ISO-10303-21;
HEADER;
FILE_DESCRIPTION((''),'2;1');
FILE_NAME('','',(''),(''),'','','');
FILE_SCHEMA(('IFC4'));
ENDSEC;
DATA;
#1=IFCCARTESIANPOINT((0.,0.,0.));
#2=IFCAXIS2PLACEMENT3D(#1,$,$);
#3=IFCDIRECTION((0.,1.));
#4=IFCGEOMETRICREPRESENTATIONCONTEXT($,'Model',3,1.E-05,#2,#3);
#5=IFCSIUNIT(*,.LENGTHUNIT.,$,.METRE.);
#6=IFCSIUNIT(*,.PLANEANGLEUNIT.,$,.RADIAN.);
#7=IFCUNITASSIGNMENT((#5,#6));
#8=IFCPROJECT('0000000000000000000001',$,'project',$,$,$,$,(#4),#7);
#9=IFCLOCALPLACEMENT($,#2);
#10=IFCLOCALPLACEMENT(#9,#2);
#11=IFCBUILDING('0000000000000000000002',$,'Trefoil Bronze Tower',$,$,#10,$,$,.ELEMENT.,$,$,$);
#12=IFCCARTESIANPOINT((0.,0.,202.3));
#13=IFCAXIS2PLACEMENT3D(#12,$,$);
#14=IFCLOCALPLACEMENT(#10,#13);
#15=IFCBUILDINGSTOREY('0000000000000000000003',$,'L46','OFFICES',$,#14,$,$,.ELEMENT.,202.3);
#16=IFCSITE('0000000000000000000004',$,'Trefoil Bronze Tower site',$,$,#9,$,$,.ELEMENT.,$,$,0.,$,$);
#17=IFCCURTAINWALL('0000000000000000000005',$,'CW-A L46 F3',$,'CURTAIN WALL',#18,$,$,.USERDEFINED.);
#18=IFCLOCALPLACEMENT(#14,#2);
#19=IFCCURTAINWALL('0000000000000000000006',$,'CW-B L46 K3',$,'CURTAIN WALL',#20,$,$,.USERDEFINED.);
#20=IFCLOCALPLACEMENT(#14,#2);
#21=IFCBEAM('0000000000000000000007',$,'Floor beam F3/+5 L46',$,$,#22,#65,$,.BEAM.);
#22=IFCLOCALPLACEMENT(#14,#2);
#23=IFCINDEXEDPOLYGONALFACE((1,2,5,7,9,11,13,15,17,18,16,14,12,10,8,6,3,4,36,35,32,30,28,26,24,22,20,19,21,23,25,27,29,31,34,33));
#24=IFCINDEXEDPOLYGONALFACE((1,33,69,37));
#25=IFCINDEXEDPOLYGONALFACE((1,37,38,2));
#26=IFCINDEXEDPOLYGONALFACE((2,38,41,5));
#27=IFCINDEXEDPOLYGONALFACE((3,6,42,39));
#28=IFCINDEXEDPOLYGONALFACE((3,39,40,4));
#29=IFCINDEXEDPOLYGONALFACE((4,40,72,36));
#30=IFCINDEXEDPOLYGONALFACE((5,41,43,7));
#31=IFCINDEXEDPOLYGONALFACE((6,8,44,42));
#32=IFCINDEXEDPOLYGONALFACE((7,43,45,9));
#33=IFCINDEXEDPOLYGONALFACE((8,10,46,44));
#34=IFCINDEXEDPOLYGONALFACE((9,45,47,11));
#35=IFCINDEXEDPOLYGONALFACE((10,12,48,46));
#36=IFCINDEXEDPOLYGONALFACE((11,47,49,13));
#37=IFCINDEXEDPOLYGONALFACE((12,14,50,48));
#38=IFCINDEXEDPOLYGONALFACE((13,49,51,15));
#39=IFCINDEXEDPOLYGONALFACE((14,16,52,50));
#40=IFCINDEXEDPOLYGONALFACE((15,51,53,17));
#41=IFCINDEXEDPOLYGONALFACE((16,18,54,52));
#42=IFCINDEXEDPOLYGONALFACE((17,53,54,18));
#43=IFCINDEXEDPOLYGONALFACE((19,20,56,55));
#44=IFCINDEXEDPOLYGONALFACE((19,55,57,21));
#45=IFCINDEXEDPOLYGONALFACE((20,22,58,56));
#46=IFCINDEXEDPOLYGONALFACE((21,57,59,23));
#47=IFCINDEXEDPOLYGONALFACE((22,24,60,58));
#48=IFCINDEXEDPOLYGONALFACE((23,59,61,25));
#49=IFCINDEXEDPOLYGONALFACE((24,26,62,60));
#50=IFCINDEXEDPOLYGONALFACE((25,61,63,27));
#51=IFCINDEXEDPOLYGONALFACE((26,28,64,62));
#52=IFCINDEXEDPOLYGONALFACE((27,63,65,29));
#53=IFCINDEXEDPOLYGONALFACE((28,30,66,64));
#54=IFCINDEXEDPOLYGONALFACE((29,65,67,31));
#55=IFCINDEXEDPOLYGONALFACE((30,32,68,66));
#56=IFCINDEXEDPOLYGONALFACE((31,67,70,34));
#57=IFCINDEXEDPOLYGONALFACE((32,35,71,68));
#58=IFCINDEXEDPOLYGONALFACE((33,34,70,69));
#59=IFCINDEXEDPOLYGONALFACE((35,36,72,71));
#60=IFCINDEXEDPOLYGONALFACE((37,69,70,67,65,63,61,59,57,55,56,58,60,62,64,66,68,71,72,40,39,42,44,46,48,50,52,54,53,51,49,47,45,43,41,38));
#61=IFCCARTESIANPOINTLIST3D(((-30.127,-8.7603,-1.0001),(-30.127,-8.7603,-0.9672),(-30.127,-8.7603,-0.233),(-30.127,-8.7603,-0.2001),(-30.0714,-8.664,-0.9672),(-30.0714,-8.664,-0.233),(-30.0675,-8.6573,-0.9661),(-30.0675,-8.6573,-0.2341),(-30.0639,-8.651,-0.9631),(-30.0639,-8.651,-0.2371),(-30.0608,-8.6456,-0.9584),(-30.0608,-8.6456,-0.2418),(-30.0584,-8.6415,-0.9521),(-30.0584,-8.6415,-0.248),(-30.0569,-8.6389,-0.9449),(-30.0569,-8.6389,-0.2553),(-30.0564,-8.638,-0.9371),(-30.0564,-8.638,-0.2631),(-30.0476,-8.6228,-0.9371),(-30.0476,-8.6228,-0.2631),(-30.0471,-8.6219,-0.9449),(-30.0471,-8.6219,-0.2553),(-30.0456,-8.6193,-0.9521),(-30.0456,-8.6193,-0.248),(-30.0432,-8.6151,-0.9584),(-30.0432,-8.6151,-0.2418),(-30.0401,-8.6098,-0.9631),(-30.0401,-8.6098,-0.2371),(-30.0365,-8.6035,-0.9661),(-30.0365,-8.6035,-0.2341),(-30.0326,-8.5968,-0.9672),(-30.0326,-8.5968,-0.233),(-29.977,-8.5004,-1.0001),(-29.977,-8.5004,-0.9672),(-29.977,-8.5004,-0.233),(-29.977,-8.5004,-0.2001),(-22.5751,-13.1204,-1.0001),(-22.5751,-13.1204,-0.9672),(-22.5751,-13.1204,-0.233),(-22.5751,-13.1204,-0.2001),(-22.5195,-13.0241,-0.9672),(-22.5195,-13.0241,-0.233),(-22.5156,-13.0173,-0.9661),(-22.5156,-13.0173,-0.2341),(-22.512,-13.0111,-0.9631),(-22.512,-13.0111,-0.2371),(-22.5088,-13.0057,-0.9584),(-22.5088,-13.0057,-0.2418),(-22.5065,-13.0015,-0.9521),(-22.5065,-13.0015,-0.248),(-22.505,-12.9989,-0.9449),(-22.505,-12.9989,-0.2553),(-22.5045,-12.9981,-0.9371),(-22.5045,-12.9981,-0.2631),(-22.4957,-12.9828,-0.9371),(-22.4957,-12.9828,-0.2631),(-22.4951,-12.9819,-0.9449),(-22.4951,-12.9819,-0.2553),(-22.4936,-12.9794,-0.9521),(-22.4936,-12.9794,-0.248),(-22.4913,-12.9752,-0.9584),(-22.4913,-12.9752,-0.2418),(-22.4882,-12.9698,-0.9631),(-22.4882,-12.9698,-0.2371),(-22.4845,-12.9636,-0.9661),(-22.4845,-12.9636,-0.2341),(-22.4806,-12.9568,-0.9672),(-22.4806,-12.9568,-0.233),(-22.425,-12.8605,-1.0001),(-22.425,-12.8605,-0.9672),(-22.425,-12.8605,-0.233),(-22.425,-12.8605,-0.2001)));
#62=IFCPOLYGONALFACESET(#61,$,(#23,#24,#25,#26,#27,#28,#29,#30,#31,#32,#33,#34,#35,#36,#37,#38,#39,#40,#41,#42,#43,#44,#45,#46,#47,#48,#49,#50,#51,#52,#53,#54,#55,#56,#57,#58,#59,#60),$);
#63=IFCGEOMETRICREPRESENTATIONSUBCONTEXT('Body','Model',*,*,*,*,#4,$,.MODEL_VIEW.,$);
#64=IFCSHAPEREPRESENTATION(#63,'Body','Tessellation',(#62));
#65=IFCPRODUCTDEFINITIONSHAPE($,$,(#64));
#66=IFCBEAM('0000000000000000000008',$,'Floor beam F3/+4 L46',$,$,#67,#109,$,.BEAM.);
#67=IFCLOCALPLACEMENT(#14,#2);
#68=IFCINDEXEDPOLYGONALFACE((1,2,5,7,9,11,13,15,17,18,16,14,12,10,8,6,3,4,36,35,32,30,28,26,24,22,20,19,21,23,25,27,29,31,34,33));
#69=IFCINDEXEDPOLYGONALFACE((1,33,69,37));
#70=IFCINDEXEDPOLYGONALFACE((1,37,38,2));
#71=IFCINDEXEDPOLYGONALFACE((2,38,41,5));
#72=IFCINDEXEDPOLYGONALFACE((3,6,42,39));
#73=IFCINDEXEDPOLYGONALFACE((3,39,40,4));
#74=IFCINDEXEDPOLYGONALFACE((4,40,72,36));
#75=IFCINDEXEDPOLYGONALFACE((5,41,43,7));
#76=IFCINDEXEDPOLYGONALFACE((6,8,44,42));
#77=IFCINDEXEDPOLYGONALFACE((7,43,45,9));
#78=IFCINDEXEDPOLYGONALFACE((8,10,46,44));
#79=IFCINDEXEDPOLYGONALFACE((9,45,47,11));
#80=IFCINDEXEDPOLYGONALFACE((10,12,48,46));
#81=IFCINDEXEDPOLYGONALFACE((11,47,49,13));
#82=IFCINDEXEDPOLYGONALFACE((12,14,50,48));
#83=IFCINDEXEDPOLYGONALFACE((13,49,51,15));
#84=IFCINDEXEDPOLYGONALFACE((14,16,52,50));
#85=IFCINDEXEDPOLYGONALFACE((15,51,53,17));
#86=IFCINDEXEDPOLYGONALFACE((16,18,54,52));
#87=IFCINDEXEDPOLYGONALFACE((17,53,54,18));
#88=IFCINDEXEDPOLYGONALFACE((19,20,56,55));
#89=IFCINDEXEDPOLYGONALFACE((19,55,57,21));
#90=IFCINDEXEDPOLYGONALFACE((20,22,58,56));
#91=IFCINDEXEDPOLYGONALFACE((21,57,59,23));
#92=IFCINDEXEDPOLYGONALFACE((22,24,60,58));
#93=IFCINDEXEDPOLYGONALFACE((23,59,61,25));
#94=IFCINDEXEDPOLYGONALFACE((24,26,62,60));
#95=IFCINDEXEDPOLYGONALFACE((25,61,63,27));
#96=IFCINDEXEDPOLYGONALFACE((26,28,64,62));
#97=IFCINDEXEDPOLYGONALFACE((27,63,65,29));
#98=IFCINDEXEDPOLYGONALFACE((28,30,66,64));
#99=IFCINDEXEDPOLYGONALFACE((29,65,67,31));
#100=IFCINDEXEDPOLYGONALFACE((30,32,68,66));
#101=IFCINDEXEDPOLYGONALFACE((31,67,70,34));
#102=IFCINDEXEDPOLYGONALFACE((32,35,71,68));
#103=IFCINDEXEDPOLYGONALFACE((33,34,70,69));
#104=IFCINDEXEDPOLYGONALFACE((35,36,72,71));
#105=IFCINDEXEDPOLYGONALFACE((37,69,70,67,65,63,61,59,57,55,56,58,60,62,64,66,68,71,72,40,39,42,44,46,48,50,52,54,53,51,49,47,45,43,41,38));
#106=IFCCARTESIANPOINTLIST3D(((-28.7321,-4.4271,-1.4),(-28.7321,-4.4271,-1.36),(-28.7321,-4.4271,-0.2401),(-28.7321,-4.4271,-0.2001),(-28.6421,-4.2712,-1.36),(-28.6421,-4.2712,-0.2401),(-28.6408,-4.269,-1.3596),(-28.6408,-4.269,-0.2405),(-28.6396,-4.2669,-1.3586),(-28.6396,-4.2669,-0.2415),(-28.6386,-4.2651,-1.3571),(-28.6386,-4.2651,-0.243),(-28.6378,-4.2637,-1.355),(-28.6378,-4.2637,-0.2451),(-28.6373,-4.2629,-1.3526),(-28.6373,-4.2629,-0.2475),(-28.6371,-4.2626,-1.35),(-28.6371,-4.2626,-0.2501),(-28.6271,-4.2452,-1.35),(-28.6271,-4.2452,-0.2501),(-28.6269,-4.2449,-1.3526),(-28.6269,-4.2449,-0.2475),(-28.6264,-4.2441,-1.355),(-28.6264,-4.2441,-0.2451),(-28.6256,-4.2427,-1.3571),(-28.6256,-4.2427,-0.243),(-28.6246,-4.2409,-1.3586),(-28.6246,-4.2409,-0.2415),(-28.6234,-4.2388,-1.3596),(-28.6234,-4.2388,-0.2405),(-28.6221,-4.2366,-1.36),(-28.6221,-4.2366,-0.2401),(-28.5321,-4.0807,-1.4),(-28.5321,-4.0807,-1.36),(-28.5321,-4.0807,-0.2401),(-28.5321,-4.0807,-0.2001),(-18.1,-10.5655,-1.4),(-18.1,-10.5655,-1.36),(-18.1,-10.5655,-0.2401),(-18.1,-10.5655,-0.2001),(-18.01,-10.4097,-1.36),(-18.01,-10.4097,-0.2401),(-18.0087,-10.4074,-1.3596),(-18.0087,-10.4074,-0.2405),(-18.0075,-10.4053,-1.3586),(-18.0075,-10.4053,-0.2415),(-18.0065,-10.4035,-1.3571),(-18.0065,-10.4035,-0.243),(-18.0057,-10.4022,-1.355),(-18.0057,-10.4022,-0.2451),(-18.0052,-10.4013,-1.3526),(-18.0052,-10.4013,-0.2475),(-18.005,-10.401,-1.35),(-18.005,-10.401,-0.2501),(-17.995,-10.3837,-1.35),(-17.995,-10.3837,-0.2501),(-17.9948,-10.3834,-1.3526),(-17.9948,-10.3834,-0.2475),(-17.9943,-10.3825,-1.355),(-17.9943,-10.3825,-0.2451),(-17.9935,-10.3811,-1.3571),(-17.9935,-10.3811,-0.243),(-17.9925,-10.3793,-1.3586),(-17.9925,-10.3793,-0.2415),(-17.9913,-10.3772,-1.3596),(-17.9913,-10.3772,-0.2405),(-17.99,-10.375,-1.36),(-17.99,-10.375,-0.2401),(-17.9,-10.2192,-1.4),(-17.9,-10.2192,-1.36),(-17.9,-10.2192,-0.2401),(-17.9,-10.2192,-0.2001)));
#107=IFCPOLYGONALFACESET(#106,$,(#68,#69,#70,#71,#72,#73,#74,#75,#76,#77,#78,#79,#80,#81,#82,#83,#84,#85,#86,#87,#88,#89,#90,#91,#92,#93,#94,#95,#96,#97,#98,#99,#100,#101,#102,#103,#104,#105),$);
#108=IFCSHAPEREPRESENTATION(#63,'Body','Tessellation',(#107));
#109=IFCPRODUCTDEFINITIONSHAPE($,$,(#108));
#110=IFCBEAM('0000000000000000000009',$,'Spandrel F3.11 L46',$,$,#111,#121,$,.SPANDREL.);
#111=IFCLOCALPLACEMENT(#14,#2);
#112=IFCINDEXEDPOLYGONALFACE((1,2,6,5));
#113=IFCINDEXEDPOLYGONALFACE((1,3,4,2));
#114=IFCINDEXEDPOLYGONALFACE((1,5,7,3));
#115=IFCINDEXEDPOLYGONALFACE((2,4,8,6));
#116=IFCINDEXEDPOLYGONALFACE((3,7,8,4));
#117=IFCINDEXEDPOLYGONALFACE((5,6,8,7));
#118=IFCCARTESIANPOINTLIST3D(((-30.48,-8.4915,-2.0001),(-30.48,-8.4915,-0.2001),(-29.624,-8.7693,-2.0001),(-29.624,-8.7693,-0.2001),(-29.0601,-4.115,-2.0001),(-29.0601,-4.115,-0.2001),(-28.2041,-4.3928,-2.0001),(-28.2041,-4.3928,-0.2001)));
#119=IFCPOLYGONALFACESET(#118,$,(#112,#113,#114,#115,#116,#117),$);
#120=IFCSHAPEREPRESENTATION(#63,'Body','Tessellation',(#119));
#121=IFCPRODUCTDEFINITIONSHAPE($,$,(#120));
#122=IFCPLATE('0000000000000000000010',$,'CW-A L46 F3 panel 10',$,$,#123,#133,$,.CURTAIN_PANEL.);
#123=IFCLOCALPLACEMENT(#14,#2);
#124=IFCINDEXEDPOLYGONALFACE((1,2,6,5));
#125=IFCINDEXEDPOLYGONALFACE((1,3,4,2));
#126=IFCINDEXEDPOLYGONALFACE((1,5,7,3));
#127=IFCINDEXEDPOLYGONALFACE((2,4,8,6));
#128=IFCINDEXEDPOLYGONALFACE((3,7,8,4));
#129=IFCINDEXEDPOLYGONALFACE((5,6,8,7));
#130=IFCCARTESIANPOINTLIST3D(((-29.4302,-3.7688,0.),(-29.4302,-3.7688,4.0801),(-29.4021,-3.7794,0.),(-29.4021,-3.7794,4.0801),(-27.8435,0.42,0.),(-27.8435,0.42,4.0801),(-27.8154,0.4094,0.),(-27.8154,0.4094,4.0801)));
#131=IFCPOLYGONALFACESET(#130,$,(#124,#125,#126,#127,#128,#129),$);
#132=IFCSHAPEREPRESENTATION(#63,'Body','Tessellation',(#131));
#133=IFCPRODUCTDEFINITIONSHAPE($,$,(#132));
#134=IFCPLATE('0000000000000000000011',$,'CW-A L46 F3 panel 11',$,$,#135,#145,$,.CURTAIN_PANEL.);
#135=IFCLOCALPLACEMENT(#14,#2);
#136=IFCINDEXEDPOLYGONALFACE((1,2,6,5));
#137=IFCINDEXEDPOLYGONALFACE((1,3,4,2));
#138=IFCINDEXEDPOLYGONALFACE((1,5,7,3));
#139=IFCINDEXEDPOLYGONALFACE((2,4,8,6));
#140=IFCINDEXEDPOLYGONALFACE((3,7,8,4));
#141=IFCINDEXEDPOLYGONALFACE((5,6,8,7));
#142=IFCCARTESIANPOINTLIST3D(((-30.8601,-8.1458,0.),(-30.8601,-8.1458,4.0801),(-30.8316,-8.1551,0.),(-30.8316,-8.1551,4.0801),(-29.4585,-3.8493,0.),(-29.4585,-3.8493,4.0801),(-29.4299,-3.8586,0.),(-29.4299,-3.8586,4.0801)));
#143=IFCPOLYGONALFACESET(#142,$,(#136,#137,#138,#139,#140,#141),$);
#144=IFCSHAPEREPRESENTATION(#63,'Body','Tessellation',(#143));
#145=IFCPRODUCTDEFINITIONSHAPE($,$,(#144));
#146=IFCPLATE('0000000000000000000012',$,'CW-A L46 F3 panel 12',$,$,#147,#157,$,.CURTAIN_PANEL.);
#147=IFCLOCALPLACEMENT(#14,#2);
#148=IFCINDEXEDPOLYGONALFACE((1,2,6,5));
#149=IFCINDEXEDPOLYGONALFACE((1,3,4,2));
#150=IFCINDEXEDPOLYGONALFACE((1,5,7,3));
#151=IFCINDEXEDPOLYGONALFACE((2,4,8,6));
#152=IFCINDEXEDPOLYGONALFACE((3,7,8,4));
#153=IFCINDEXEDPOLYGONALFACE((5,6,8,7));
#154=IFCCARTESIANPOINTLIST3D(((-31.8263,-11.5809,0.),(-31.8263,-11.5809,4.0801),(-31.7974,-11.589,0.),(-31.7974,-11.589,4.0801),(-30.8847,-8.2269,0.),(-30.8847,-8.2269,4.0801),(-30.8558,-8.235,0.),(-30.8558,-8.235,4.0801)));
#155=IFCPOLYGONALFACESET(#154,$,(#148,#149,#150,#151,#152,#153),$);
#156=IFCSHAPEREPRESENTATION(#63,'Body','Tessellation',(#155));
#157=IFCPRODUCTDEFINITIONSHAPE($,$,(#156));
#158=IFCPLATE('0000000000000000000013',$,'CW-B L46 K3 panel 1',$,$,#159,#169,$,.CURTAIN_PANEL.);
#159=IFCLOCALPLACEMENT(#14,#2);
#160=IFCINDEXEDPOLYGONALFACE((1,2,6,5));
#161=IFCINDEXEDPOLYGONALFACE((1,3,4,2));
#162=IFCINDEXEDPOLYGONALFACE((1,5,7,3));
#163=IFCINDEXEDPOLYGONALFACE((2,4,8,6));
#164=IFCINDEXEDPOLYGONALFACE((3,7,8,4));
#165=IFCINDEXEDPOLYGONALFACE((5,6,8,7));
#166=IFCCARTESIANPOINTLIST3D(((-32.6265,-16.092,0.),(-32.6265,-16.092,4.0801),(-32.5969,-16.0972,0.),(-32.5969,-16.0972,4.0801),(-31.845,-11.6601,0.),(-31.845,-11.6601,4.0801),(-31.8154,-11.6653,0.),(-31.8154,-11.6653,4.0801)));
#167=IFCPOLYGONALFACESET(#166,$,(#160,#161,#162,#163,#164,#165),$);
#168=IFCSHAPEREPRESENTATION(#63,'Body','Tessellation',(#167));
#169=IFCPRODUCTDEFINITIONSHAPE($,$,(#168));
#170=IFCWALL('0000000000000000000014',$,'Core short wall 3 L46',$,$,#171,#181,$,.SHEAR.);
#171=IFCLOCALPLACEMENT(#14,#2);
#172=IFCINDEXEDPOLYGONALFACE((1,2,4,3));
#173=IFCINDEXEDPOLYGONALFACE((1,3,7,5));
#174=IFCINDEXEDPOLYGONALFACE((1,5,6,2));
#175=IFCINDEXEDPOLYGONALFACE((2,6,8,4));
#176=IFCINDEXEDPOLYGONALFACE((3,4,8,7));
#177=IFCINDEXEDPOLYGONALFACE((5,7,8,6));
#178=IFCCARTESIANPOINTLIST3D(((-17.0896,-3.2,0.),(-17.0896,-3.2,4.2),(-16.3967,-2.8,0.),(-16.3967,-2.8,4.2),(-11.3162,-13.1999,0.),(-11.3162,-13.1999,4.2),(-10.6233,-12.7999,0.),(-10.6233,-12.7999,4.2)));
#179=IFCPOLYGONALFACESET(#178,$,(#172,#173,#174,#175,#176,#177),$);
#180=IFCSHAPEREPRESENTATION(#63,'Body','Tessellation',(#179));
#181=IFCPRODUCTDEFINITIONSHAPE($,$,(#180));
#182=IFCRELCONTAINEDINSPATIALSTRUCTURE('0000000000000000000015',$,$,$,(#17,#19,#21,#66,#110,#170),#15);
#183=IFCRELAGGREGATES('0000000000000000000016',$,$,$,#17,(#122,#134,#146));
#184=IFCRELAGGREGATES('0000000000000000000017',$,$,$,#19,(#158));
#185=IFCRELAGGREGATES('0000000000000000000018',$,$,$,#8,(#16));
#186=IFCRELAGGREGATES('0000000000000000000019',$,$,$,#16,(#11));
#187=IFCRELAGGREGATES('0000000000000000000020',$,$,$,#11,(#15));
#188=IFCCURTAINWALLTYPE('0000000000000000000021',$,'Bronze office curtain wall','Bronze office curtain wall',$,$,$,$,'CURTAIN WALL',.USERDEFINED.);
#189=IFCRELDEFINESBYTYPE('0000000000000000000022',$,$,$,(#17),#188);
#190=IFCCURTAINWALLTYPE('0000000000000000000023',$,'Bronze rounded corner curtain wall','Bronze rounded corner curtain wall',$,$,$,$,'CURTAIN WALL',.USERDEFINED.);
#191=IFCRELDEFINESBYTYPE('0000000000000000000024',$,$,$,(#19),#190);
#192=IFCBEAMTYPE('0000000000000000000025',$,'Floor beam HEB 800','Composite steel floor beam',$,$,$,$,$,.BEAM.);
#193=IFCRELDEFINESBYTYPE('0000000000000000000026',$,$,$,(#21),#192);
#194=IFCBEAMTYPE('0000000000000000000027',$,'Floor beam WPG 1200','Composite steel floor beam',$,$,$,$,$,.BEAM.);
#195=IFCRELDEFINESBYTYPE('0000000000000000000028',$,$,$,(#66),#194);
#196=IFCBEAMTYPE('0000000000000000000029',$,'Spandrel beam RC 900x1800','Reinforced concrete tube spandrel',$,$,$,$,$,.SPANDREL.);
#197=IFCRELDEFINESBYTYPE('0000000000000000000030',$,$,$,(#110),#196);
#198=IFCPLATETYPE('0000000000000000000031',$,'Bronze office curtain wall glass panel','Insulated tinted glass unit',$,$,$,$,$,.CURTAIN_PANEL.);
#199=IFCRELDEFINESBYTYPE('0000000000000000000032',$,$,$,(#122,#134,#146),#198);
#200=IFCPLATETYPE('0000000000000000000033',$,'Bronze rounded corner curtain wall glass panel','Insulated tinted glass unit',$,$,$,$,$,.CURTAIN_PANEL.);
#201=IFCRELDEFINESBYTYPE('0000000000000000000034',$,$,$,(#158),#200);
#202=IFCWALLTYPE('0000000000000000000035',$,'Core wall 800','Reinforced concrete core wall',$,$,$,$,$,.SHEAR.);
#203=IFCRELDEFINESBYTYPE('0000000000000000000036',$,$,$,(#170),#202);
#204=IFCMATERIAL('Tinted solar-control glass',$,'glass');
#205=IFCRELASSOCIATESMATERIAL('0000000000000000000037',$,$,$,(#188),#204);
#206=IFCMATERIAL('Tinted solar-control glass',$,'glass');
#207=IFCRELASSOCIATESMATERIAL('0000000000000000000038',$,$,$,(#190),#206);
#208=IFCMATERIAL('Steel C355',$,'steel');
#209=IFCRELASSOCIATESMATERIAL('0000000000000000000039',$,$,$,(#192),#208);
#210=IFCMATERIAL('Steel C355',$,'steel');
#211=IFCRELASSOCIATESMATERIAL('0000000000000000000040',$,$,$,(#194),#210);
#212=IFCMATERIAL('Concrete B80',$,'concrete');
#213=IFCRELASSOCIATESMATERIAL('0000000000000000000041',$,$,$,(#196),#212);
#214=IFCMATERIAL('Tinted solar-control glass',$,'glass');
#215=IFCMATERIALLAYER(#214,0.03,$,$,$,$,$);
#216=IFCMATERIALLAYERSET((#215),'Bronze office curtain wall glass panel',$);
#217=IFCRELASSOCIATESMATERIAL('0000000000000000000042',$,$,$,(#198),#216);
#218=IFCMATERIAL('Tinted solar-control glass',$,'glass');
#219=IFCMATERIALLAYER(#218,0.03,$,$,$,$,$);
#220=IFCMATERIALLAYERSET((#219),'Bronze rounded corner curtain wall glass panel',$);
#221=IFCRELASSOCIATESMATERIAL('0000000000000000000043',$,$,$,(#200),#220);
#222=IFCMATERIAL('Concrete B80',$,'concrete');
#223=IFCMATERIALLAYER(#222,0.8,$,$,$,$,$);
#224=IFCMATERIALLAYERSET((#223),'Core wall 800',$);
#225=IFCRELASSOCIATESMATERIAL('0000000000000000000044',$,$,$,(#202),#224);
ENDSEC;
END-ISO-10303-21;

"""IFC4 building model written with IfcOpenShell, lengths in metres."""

from ifc_helpers import new_model, si_unit, direction, frame, frame_2d, origin, origin_2d, place, context, subcontext, project, spatial, rectangle, i_section, extrude, material, layer, layer_set, material_profile, profile_set, type_object, element, aggregate, save


model = new_model("IFC4")

# Units and contexts
model_context = context("Model", 3, precision=1e-05, world=origin(), true_north=direction((0.0, 1.0)))
body_context = subcontext(model_context, "Body", "Model", "MODEL_VIEW")
ifc_project = project(units=[si_unit("LENGTHUNIT", "METRE"), si_unit("PLANEANGLEUNIT", "RADIAN")], contexts=[model_context])

# Site, building, storey
site_placement = place(None, origin())
site = spatial("IfcSite", under=ifc_project, at=site_placement, Name="Trefoil Bronze Tower site", CompositionType="ELEMENT", RefElevation=0.0)
building_placement = place(site_placement, origin())
building = spatial("IfcBuilding", under=site, at=building_placement, Name="Trefoil Bronze Tower", CompositionType="ELEMENT")
storey_placement = place(building_placement, frame((0.0, 0.0, 202.3)))
storey = spatial("IfcBuildingStorey", under=building, at=storey_placement, Name="L46", Description="OFFICES", CompositionType="ELEMENT", Elevation=202.3)

# Curtain walls
ifc_material_1 = material(Name="Tinted solar-control glass", Category="glass")
curtain_wall_type_1 = type_object("IfcCurtainWallType", Name="Bronze office curtain wall", Description="Bronze office curtain wall", ElementType="CURTAIN WALL", PredefinedType="USERDEFINED", material=ifc_material_1)
curtain_wall_1_placement = place(storey_placement, origin())
curtain_wall_1 = element("IfcCurtainWall", 1, at=curtain_wall_1_placement, inside=storey, type_object=curtain_wall_type_1, Name="CW-A L46 F3", ObjectType="CURTAIN WALL", PredefinedType="USERDEFINED")
ifc_material_2 = material(Name="Tinted solar-control glass", Category="glass")
curtain_wall_type_2 = type_object("IfcCurtainWallType", Name="Bronze rounded corner curtain wall", Description="Bronze rounded corner curtain wall", ElementType="CURTAIN WALL", PredefinedType="USERDEFINED", material=ifc_material_2)
curtain_wall_2_placement = place(storey_placement, origin())
curtain_wall_2 = element("IfcCurtainWall", 2, at=curtain_wall_2_placement, inside=storey, type_object=curtain_wall_type_2, Name="CW-B L46 K3", ObjectType="CURTAIN WALL", PredefinedType="USERDEFINED")

# Beams
ifc_material_3 = material(Name="Steel C355", Category="steel")
ifc_material_profile_1 = material_profile(ifc_material_3, i_section(OverallWidth=0.3, OverallDepth=0.8, WebThickness=0.0176, FlangeThickness=0.033, FilletRadius=0.03, at=origin_2d()), Name="HEB 800")
ifc_profile_set_1 = profile_set([ifc_material_profile_1], Name="Steel C355")
beam_type_1 = type_object("IfcBeamType", Name="Floor beam HEB 800", Description="Composite steel floor beam", PredefinedType="BEAM", material=ifc_profile_set_1)
beam_1_placement = place(storey_placement, frame((-30.052, -8.6304, -0.6001), z_axis=(0.866028, -0.499996, 0.0), x_axis=(0.499996, 0.866028, 0.0)))
element("IfcBeam", 3, at=beam_1_placement, inside=storey, type_object=beam_type_1, Name="Floor beam F3/+5 L46", PredefinedType="BEAM", context=body_context, shape_type="SweptSolid", body=[
    extrude(i_section(OverallWidth=0.3, OverallDepth=0.8, WebThickness=0.0176, FlangeThickness=0.033, FilletRadius=0.03, at=origin_2d()), origin(), (0.0, 0.0, 1.0), 8.7202),
])
ifc_material_4 = material(Name="Steel C355", Category="steel")
ifc_material_profile_2 = material_profile(ifc_material_4, i_section(OverallWidth=0.3999, OverallDepth=1.2, WebThickness=0.02, FlangeThickness=0.04, FilletRadius=0.01, at=origin_2d()), Name="WPG 1200")
ifc_profile_set_2 = profile_set([ifc_material_profile_2], Name="Steel C355")
beam_type_2 = type_object("IfcBeamType", Name="Floor beam WPG 1200", Description="Composite steel floor beam", PredefinedType="BEAM", material=ifc_profile_set_2)
beam_2_placement = place(storey_placement, frame((-28.6321, -4.2539, -0.8), z_axis=(0.866026, -0.5, 0.0), x_axis=(0.5, 0.866026, 0.0)))
element("IfcBeam", 4, at=beam_2_placement, inside=storey, type_object=beam_type_2, Name="Floor beam F3/+4 L46", PredefinedType="BEAM", context=body_context, shape_type="SweptSolid", body=[
    extrude(i_section(OverallWidth=0.3999, OverallDepth=1.2, WebThickness=0.02, FlangeThickness=0.04, FilletRadius=0.01, at=origin_2d()), origin(), (0.0, 0.0, 1.0), 12.2769),
])
ifc_material_5 = material(Name="Concrete B80", Category="concrete")
ifc_material_profile_3 = material_profile(ifc_material_5, rectangle(XDim=0.8999, YDim=1.8, at=origin_2d()), Name="RC 900x1800")
ifc_profile_set_3 = profile_set([ifc_material_profile_3], Name="Concrete B80")
beam_type_3 = type_object("IfcBeamType", Name="Spandrel beam RC 900x1800", Description="Reinforced concrete tube spandrel", PredefinedType="SPANDREL", material=ifc_profile_set_3)
beam_3_placement = place(storey_placement, frame((-28.6321, -4.2539, -1.1001), z_axis=(-0.308609, -0.951189, 0.0), x_axis=(0.951189, -0.308609, 0.0)))
element("IfcBeam", 5, at=beam_3_placement, inside=storey, type_object=beam_type_3, Name="Spandrel F3.11 L46", PredefinedType="SPANDREL", context=body_context, shape_type="SweptSolid", body=[
    extrude(rectangle(XDim=0.8999, YDim=1.8, at=origin_2d()), origin(), (0.0, 0.0, 1.0), 4.6011),
])

# Plates
ifc_material_6 = material(Name="Tinted solar-control glass", Category="glass")
ifc_layer_1 = layer(ifc_material_6, 0.03)
ifc_layer_set_1 = layer_set([ifc_layer_1], Name="Bronze office curtain wall glass panel")
plate_type_1 = type_object("IfcPlateType", Name="Bronze office curtain wall glass panel", Description="Insulated tinted glass unit", PredefinedType="CURTAIN_PANEL", material=ifc_layer_set_1)
plate_1_placement = place(storey_placement, frame((-28.6228, -1.6797, 0.0), z_axis=(0.0, 0.0, 1.0), x_axis=(-0.354234, -0.935157, 0.0)))
plate_1 = element("IfcPlate", 6, at=plate_1_placement, type_object=plate_type_1, Name="CW-A L46 F3 panel 10", PredefinedType="CURTAIN_PANEL", context=body_context, shape_type="SweptSolid", body=[
    extrude(rectangle(XDim=4.4792, YDim=0.03, at=origin_2d()), origin(), (0.0, 0.0, 1.0), 4.0801),
])
plate_2_placement = place(storey_placement, frame((-30.145, -6.0022, 0.0), z_axis=(0.0, 0.0, 1.0), x_axis=(-0.310149, -0.950688, 0.0)))
plate_2 = element("IfcPlate", 7, at=plate_2_placement, type_object=plate_type_1, Name="CW-A L46 F3 panel 11", PredefinedType="CURTAIN_PANEL", context=body_context, shape_type="SweptSolid", body=[
    extrude(rectangle(XDim=4.5193, YDim=0.03, at=origin_2d()), origin(), (0.0, 0.0, 1.0), 4.0801),
])
plate_3_placement = place(storey_placement, frame((-31.3411, -9.908, 0.0), z_axis=(0.0, 0.0, 1.0), x_axis=(-0.270282, -0.962781, 0.0)))
plate_3 = element("IfcPlate", 8, at=plate_3_placement, type_object=plate_type_1, Name="CW-A L46 F3 panel 12", PredefinedType="CURTAIN_PANEL", context=body_context, shape_type="SweptSolid", body=[
    extrude(rectangle(XDim=3.4836, YDim=0.03, at=origin_2d()), origin(), (0.0, 0.0, 1.0), 4.0801),
])
aggregate(curtain_wall_1, [plate_1, plate_2, plate_3])
ifc_material_7 = material(Name="Tinted solar-control glass", Category="glass")
ifc_layer_2 = layer(ifc_material_7, 0.03)
ifc_layer_set_2 = layer_set([ifc_layer_2], Name="Bronze rounded corner curtain wall glass panel")
plate_type_2 = type_object("IfcPlateType", Name="Bronze rounded corner curtain wall glass panel", Description="Insulated tinted glass unit", PredefinedType="CURTAIN_PANEL", material=ifc_layer_set_2)
plate_4_placement = place(storey_placement, frame((-32.2209, -13.8787, 0.0), z_axis=(0.0, 0.0, 1.0), x_axis=(-0.173648, -0.984808, 0.0)))
plate_4 = element("IfcPlate", 9, at=plate_4_placement, type_object=plate_type_2, Name="CW-B L46 K3 panel 1", PredefinedType="CURTAIN_PANEL", context=body_context, shape_type="SweptSolid", body=[
    extrude(rectangle(XDim=4.5002, YDim=0.03, at=origin_2d()), origin(), (0.0, 0.0, 1.0), 4.0801),
])
aggregate(curtain_wall_2, [plate_4])

# Wall
ifc_material_8 = material(Name="Concrete B80", Category="concrete")
ifc_layer_3 = layer(ifc_material_8, 0.8)
ifc_layer_set_3 = layer_set([ifc_layer_3], Name="Core wall 800")
wall_type_1 = type_object("IfcWallType", Name="Core wall 800", Description="Reinforced concrete core wall", PredefinedType="SHEAR", material=ifc_layer_set_3)
wall_1_placement = place(storey_placement, frame((-16.7432, -3.0, 0.0), z_axis=(0.0, 0.0, 1.0), x_axis=(0.499996, -0.866028, 0.0)))
element("IfcWall", 10, at=wall_1_placement, inside=storey, type_object=wall_type_1, Name="Core short wall 3 L46", PredefinedType="SHEAR", context=body_context, shape_type="SweptSolid", body=[
    extrude(rectangle(XDim=11.5469, YDim=0.8, at=frame_2d((5.7734, 0.0))), origin(), (0.0, 0.0, 1.0), 4.2),
])

save(model, "model.ifc")
